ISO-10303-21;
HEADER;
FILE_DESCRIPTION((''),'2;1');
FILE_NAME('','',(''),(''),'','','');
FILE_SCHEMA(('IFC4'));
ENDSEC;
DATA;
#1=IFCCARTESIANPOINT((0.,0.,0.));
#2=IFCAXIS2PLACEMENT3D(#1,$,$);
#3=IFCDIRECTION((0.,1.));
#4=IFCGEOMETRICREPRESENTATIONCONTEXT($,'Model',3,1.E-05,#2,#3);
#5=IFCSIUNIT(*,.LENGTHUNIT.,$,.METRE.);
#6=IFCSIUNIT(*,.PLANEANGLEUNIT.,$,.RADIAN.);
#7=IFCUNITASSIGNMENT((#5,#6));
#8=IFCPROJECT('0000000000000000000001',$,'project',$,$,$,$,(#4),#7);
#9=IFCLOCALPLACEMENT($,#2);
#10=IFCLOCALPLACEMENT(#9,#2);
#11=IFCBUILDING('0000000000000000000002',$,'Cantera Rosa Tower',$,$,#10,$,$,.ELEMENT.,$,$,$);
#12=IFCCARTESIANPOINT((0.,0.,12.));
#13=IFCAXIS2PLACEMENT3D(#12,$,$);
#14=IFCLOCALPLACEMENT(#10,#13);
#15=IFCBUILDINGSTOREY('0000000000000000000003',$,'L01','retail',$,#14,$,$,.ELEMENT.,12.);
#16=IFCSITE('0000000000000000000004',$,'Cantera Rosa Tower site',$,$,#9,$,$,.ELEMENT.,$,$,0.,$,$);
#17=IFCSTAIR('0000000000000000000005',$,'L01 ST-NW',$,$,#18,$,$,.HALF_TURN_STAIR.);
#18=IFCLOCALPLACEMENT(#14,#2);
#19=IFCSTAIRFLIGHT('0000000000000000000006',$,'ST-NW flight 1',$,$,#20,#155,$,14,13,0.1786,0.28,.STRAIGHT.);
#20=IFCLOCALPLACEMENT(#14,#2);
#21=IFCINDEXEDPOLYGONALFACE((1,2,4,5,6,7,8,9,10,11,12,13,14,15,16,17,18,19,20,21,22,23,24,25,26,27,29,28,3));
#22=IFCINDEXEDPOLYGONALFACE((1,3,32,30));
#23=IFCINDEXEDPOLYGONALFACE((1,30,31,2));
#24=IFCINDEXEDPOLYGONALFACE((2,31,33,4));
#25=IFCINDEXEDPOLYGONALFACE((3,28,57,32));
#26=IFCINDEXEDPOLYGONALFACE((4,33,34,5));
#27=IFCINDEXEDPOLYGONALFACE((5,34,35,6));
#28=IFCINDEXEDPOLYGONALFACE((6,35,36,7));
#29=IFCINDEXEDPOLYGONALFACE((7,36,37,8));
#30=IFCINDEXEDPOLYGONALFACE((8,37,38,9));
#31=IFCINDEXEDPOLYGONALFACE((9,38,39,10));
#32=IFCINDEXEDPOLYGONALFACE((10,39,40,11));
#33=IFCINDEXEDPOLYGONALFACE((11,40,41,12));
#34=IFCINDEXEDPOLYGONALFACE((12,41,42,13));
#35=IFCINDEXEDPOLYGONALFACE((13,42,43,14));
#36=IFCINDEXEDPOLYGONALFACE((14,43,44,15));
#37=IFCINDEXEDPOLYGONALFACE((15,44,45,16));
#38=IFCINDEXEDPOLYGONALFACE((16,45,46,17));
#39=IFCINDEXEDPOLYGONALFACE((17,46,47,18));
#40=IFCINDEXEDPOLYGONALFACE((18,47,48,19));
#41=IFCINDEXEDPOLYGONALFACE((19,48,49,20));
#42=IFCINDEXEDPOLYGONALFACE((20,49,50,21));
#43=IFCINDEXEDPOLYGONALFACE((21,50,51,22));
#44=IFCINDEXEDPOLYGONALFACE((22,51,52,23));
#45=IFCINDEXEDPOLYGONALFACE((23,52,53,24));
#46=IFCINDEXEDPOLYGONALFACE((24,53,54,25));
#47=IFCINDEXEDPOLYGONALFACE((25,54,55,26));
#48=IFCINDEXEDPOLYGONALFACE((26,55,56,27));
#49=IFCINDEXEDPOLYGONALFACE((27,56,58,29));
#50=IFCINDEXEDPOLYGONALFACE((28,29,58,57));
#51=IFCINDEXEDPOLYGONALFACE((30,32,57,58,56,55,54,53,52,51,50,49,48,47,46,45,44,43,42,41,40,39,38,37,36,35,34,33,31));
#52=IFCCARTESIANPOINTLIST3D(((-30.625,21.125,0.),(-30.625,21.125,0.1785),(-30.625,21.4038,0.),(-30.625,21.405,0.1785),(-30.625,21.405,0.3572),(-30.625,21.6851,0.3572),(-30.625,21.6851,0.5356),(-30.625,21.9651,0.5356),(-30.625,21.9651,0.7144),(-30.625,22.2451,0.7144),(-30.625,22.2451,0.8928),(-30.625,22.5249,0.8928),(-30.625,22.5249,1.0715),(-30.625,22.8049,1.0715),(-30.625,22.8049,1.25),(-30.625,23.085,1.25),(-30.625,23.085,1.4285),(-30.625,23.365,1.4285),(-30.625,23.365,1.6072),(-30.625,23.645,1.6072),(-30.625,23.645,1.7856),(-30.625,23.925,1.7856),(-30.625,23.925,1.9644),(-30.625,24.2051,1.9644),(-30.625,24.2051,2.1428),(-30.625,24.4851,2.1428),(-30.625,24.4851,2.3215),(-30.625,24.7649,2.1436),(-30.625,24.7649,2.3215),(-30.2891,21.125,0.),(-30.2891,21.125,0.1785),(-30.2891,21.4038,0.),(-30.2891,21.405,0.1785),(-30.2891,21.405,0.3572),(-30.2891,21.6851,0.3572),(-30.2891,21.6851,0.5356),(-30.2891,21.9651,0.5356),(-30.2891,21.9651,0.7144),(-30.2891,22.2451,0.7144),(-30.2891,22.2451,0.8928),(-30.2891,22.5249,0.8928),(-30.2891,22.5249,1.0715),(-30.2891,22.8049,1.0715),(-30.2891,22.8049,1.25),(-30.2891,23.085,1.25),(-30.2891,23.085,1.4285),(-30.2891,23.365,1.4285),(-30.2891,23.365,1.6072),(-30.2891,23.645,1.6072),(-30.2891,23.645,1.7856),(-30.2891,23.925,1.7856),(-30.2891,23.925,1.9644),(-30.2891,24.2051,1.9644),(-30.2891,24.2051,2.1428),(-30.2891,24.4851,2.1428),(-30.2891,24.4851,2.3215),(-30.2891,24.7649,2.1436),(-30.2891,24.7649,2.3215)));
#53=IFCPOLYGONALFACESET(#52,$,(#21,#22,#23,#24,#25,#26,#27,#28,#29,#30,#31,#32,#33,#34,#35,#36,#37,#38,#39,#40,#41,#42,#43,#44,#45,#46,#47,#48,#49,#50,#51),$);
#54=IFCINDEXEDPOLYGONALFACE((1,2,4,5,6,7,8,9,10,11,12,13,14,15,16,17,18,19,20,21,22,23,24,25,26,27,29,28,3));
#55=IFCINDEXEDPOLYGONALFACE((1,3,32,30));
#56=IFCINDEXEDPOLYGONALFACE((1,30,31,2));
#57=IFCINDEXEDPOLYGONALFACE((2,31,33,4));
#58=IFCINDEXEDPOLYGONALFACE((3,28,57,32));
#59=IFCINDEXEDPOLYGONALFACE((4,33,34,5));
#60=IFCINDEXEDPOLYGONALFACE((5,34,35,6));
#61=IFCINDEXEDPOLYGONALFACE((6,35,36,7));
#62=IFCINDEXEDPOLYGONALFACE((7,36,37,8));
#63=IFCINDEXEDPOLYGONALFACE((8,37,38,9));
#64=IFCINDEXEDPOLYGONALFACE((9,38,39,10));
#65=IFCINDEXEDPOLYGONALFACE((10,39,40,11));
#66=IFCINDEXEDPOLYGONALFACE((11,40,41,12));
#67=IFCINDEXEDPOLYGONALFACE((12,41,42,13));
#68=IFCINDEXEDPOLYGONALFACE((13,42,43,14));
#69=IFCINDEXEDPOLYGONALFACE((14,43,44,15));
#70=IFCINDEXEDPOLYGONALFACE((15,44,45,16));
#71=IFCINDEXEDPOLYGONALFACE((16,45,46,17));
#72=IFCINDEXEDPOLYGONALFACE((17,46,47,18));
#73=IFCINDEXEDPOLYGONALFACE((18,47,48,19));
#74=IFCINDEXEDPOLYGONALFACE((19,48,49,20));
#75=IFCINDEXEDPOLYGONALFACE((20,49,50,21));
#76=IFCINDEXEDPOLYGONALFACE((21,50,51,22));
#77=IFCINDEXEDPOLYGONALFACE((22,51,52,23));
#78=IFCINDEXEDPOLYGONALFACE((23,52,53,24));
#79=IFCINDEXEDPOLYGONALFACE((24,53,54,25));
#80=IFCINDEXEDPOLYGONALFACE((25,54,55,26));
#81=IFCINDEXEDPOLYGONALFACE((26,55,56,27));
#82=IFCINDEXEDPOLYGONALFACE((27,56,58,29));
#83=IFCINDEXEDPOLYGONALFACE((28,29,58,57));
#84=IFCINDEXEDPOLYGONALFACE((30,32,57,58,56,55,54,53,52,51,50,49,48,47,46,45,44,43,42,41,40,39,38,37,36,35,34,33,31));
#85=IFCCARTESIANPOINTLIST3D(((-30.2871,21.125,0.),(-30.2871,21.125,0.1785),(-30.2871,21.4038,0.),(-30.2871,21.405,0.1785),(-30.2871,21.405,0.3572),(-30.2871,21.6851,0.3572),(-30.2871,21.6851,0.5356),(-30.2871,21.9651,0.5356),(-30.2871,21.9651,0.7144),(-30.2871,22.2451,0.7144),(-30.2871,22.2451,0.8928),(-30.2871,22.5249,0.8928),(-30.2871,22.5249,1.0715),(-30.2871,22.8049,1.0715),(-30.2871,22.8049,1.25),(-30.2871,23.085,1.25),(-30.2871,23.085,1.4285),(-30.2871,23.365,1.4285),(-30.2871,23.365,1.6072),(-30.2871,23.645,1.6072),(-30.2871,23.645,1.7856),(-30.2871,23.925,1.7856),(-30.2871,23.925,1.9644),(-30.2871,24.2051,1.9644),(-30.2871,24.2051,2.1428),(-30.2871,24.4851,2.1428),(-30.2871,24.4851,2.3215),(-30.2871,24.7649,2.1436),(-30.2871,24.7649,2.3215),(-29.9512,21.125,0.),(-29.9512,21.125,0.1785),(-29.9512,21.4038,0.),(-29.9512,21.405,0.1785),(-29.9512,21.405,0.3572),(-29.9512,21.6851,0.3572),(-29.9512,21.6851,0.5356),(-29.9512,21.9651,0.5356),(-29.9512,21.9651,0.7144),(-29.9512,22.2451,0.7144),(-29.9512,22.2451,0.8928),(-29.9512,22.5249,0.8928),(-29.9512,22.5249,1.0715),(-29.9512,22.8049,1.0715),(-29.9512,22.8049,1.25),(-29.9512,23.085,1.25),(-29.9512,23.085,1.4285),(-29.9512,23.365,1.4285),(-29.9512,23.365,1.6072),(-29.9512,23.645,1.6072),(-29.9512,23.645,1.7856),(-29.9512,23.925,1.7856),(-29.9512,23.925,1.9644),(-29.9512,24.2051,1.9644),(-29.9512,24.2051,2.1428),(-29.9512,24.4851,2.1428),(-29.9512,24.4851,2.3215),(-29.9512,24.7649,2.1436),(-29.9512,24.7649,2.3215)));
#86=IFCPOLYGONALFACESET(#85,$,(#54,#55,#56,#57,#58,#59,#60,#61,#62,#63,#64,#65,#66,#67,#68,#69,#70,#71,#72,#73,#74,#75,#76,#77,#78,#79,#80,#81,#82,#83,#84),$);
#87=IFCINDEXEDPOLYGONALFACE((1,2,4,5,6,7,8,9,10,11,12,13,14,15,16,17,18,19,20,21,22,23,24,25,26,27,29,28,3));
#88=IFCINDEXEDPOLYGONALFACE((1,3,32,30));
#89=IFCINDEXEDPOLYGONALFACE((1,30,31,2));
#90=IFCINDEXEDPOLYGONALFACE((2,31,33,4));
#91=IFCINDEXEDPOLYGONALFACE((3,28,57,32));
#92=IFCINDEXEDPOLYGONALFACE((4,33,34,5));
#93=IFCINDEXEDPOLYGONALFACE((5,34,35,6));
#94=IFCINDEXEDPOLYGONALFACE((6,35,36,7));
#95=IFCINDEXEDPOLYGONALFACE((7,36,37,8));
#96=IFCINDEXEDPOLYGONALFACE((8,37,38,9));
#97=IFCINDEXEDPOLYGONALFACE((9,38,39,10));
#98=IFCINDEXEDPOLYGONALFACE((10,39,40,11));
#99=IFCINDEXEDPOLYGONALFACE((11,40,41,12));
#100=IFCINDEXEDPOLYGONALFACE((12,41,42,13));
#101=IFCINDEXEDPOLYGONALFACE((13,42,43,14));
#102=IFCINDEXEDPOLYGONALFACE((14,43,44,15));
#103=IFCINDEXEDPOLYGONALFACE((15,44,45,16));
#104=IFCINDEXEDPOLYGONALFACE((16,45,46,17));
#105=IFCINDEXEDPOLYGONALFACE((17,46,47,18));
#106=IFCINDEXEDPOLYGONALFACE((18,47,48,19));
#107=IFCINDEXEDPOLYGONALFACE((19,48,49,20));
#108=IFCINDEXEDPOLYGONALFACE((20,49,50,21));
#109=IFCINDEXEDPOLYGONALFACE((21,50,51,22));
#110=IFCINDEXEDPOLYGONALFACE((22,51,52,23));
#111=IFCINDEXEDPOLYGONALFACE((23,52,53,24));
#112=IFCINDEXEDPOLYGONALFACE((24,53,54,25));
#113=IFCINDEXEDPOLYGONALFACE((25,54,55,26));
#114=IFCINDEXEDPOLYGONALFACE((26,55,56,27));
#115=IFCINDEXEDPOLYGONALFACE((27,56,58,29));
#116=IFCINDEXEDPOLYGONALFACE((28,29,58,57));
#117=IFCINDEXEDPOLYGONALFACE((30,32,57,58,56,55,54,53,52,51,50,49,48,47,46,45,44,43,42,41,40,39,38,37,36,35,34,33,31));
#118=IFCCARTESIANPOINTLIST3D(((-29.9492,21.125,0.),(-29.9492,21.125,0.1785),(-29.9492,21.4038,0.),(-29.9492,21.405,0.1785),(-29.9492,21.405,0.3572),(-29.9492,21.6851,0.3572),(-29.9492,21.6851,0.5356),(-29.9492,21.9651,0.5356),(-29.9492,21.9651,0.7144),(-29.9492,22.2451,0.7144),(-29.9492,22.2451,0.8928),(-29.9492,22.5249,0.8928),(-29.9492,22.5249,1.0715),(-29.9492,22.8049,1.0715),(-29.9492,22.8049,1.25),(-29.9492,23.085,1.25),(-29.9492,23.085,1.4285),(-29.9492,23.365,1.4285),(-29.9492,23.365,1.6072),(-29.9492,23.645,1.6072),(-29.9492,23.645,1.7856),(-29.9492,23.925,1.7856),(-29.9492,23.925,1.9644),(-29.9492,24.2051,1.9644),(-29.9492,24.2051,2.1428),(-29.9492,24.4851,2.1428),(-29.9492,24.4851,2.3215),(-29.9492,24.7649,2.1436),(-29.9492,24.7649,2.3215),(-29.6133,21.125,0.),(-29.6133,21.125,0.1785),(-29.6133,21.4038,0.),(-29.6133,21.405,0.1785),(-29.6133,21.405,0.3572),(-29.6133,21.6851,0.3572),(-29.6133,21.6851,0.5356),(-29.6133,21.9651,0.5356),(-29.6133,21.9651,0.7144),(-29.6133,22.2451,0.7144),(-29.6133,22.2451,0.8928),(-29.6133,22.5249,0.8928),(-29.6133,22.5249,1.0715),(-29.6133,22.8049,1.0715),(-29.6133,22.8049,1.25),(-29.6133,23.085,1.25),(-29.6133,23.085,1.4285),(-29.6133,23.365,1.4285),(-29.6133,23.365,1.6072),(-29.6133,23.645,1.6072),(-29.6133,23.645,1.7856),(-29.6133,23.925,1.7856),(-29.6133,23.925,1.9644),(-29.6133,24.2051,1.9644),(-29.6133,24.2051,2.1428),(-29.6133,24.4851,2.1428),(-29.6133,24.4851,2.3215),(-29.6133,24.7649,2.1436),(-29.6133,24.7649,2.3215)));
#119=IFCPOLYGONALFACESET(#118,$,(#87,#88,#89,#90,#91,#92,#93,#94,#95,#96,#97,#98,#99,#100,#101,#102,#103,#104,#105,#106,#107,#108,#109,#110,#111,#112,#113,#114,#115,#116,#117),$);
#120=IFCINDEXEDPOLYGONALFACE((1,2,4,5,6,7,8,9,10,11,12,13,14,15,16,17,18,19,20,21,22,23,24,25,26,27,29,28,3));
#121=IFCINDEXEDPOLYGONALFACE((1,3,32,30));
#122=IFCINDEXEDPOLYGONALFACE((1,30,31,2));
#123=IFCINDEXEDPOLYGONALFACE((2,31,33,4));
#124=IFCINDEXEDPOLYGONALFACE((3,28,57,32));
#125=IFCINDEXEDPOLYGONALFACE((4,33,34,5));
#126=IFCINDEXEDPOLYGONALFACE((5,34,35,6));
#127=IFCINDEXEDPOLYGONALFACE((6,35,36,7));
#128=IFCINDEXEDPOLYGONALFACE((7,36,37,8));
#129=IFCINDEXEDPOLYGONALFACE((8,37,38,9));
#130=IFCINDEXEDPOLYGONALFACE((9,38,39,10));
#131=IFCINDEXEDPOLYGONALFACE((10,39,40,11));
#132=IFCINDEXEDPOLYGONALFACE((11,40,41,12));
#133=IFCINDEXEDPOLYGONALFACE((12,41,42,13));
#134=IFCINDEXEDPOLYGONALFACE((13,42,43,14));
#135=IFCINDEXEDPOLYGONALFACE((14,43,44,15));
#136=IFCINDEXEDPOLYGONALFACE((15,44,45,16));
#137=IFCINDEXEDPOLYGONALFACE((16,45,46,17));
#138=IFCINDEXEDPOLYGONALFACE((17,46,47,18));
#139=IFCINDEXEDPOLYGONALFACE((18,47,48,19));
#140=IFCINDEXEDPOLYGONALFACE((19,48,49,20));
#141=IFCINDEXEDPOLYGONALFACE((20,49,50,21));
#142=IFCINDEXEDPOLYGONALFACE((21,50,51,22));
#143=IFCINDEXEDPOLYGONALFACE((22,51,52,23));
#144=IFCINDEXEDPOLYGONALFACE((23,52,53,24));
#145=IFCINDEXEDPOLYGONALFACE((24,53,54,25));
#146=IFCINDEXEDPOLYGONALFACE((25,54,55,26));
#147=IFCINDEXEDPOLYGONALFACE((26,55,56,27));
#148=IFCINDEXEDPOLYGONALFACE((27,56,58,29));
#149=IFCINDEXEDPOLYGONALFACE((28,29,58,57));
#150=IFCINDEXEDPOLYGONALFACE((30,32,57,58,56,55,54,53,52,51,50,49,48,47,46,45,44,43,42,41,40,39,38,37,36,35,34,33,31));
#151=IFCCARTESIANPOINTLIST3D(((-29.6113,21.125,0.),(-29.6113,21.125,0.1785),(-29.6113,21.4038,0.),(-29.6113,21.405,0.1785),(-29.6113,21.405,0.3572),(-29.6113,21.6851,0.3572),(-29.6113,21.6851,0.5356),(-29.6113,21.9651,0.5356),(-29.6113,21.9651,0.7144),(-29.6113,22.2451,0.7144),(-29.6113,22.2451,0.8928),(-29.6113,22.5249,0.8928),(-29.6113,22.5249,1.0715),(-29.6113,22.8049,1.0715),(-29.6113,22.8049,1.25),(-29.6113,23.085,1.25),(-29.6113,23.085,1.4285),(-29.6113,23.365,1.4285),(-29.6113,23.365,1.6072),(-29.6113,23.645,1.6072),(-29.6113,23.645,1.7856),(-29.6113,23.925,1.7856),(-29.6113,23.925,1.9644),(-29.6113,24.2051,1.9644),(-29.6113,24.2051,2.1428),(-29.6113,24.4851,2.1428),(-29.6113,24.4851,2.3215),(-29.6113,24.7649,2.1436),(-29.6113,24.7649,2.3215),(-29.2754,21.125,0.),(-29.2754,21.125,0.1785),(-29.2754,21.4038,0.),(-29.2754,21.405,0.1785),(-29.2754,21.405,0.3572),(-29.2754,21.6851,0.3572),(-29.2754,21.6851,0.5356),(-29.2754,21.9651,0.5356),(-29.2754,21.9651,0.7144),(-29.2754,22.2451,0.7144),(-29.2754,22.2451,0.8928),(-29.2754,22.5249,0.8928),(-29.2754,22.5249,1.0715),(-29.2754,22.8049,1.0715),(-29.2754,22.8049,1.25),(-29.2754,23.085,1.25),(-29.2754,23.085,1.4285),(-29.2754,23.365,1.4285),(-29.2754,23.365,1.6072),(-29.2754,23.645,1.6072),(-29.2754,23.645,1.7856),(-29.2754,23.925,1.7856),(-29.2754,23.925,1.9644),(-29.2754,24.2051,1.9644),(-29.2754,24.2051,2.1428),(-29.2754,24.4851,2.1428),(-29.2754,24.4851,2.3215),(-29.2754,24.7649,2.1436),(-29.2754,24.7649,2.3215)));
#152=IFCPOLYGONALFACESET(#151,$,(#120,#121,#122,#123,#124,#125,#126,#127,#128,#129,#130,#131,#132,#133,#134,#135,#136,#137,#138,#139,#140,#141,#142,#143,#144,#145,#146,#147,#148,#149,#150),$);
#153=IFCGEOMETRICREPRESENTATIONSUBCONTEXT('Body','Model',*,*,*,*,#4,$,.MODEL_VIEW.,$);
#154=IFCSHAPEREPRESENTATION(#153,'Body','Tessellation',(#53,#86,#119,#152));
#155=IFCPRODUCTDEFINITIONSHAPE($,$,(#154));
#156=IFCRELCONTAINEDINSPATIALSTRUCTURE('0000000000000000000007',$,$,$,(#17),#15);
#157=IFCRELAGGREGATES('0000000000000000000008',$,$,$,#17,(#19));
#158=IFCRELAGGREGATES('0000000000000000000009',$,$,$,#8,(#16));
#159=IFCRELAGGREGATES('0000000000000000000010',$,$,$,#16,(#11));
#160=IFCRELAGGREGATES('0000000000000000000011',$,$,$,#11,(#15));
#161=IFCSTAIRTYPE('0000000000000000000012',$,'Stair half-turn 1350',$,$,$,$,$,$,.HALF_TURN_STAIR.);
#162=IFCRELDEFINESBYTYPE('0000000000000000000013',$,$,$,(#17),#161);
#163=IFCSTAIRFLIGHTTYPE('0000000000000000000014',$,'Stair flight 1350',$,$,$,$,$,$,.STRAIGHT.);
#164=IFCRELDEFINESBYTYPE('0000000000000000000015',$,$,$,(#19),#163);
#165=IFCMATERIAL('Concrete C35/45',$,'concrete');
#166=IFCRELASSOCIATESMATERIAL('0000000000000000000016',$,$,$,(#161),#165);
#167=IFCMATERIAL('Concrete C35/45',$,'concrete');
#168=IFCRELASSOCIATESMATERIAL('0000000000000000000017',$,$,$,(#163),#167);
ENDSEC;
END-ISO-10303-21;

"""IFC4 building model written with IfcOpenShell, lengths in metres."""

from ifc_helpers import new_model, si_unit, direction, frame, origin, place, context, subcontext, project, spatial, polyline, outline, extrude, material, type_object, element, aggregate, save


model = new_model("IFC4")

# Units and contexts
model_context = context("Model", 3, precision=1e-05, world=origin(), true_north=direction((0.0, 1.0)))
body_context = subcontext(model_context, "Body", "Model", "MODEL_VIEW")
ifc_project = project(units=[si_unit("LENGTHUNIT", "METRE"), si_unit("PLANEANGLEUNIT", "RADIAN")], contexts=[model_context])

# Site, building, storey
site_placement = place(None, origin())
site = spatial("IfcSite", under=ifc_project, at=site_placement, Name="Cantera Rosa Tower site", CompositionType="ELEMENT", RefElevation=0.0)
building_placement = place(site_placement, origin())
building = spatial("IfcBuilding", under=site, at=building_placement, Name="Cantera Rosa Tower", CompositionType="ELEMENT")
storey_placement = place(building_placement, frame((0.0, 0.0, 12.0)))
storey = spatial("IfcBuildingStorey", under=building, at=storey_placement, Name="L01", Description="retail", CompositionType="ELEMENT", Elevation=12.0)

# Stair, stair flight
ifc_material_1 = material(Name="Concrete C35/45", Category="concrete")
stair_type = type_object("IfcStairType", Name="Stair half-turn 1350", PredefinedType="HALF_TURN_STAIR", material=ifc_material_1)
stair_placement = place(storey_placement, origin())
stair = element("IfcStair", 1, at=stair_placement, inside=storey, type_object=stair_type, Name="L01 ST-NW", PredefinedType="HALF_TURN_STAIR")
ifc_material_2 = material(Name="Concrete C35/45", Category="concrete")
stair_flight_type = type_object("IfcStairFlightType", Name="Stair flight 1350", PredefinedType="STRAIGHT", material=ifc_material_2)
stair_flight_1_placement = place(storey_placement, frame((-29.95, 21.125, 0.0), z_axis=(0.0, 0.0, 1.0), x_axis=(0.0, 1.0, 0.0)))
stair_flight_1 = element("IfcStairFlight", 2, at=stair_flight_1_placement, type_object=stair_flight_type, Name="ST-NW flight 1", NumberOfRisers=14, NumberOfTreads=13, PredefinedType="STRAIGHT", RiserHeight=0.1786, TreadLength=0.28, context=body_context, shape_type="SweptSolid", body=[
    extrude(outline(polyline([(0.0, 0.0), (0.0, 0.1785), (0.28, 0.1785), (0.28, 0.3572), (0.5601, 0.3572), (0.5601, 0.5356), (0.8401, 0.5356), (0.8401, 0.7144), (1.1201, 0.7144), (1.1201, 0.8928), (1.3999, 0.8928), (1.3999, 1.0715), (1.6799, 1.0715), (1.6799, 1.25), (1.96, 1.25), (1.96, 1.4285), (2.24, 1.4285), (2.24, 1.6072), (2.52, 1.6072), (2.52, 1.7856), (2.8, 1.7856), (2.8, 1.9644), (3.0801, 1.9644), (3.0801, 2.1428), (3.3601, 2.1428), (3.3601, 2.3215), (3.6399, 2.3215), (3.6399, 2.5), (3.6399, 2.1436), (0.2788, 0.0), (0.0, 0.0)])), frame((0.0, 0.675, 0.0), z_axis=(0.0, -1.0, 0.0), x_axis=(1.0, 0.0, 0.0)), (0.0, 0.0, 1.0), 0.3359),
    extrude(outline(polyline([(0.0, 0.0), (0.0, 0.1785), (0.28, 0.1785), (0.28, 0.3572), (0.5601, 0.3572), (0.5601, 0.5356), (0.8401, 0.5356), (0.8401, 0.7144), (1.1201, 0.7144), (1.1201, 0.8928), (1.3999, 0.8928), (1.3999, 1.0715), (1.6799, 1.0715), (1.6799, 1.25), (1.96, 1.25), (1.96, 1.4285), (2.24, 1.4285), (2.24, 1.6072), (2.52, 1.6072), (2.52, 1.7856), (2.8, 1.7856), (2.8, 1.9644), (3.0801, 1.9644), (3.0801, 2.1428), (3.3601, 2.1428), (3.3601, 2.3215), (3.6399, 2.3215), (3.6399, 2.5), (3.6399, 2.1436), (0.2788, 0.0), (0.0, 0.0)])), frame((0.0, 0.3372, 0.0), z_axis=(0.0, -1.0, 0.0), x_axis=(1.0, 0.0, 0.0)), (0.0, 0.0, 1.0), 0.3359),
    extrude(outline(polyline([(0.0, 0.0), (0.0, 0.1785), (0.28, 0.1785), (0.28, 0.3572), (0.5601, 0.3572), (0.5601, 0.5356), (0.8401, 0.5356), (0.8401, 0.7144), (1.1201, 0.7144), (1.1201, 0.8928), (1.3999, 0.8928), (1.3999, 1.0715), (1.6799, 1.0715), (1.6799, 1.25), (1.96, 1.25), (1.96, 1.4285), (2.24, 1.4285), (2.24, 1.6072), (2.52, 1.6072), (2.52, 1.7856), (2.8, 1.7856), (2.8, 1.9644), (3.0801, 1.9644), (3.0801, 2.1428), (3.3601, 2.1428), (3.3601, 2.3215), (3.6399, 2.3215), (3.6399, 2.5), (3.6399, 2.1436), (0.2788, 0.0), (0.0, 0.0)])), frame((0.0, -0.0007, 0.0), z_axis=(0.0, -1.0, 0.0), x_axis=(1.0, 0.0, 0.0)), (0.0, 0.0, 1.0), 0.3359),
    extrude(outline(polyline([(0.0, 0.0), (0.0, 0.1785), (0.28, 0.1785), (0.28, 0.3572), (0.5601, 0.3572), (0.5601, 0.5356), (0.8401, 0.5356), (0.8401, 0.7144), (1.1201, 0.7144), (1.1201, 0.8928), (1.3999, 0.8928), (1.3999, 1.0715), (1.6799, 1.0715), (1.6799, 1.25), (1.96, 1.25), (1.96, 1.4285), (2.24, 1.4285), (2.24, 1.6072), (2.52, 1.6072), (2.52, 1.7856), (2.8, 1.7856), (2.8, 1.9644), (3.0801, 1.9644), (3.0801, 2.1428), (3.3601, 2.1428), (3.3601, 2.3215), (3.6399, 2.3215), (3.6399, 2.5), (3.6399, 2.1436), (0.2788, 0.0), (0.0, 0.0)])), frame((0.0, -0.3386, 0.0), z_axis=(0.0, -1.0, 0.0), x_axis=(1.0, 0.0, 0.0)), (0.0, 0.0, 1.0), 0.3359),
])
aggregate(stair, [stair_flight_1])

save(model, "model.ifc")
